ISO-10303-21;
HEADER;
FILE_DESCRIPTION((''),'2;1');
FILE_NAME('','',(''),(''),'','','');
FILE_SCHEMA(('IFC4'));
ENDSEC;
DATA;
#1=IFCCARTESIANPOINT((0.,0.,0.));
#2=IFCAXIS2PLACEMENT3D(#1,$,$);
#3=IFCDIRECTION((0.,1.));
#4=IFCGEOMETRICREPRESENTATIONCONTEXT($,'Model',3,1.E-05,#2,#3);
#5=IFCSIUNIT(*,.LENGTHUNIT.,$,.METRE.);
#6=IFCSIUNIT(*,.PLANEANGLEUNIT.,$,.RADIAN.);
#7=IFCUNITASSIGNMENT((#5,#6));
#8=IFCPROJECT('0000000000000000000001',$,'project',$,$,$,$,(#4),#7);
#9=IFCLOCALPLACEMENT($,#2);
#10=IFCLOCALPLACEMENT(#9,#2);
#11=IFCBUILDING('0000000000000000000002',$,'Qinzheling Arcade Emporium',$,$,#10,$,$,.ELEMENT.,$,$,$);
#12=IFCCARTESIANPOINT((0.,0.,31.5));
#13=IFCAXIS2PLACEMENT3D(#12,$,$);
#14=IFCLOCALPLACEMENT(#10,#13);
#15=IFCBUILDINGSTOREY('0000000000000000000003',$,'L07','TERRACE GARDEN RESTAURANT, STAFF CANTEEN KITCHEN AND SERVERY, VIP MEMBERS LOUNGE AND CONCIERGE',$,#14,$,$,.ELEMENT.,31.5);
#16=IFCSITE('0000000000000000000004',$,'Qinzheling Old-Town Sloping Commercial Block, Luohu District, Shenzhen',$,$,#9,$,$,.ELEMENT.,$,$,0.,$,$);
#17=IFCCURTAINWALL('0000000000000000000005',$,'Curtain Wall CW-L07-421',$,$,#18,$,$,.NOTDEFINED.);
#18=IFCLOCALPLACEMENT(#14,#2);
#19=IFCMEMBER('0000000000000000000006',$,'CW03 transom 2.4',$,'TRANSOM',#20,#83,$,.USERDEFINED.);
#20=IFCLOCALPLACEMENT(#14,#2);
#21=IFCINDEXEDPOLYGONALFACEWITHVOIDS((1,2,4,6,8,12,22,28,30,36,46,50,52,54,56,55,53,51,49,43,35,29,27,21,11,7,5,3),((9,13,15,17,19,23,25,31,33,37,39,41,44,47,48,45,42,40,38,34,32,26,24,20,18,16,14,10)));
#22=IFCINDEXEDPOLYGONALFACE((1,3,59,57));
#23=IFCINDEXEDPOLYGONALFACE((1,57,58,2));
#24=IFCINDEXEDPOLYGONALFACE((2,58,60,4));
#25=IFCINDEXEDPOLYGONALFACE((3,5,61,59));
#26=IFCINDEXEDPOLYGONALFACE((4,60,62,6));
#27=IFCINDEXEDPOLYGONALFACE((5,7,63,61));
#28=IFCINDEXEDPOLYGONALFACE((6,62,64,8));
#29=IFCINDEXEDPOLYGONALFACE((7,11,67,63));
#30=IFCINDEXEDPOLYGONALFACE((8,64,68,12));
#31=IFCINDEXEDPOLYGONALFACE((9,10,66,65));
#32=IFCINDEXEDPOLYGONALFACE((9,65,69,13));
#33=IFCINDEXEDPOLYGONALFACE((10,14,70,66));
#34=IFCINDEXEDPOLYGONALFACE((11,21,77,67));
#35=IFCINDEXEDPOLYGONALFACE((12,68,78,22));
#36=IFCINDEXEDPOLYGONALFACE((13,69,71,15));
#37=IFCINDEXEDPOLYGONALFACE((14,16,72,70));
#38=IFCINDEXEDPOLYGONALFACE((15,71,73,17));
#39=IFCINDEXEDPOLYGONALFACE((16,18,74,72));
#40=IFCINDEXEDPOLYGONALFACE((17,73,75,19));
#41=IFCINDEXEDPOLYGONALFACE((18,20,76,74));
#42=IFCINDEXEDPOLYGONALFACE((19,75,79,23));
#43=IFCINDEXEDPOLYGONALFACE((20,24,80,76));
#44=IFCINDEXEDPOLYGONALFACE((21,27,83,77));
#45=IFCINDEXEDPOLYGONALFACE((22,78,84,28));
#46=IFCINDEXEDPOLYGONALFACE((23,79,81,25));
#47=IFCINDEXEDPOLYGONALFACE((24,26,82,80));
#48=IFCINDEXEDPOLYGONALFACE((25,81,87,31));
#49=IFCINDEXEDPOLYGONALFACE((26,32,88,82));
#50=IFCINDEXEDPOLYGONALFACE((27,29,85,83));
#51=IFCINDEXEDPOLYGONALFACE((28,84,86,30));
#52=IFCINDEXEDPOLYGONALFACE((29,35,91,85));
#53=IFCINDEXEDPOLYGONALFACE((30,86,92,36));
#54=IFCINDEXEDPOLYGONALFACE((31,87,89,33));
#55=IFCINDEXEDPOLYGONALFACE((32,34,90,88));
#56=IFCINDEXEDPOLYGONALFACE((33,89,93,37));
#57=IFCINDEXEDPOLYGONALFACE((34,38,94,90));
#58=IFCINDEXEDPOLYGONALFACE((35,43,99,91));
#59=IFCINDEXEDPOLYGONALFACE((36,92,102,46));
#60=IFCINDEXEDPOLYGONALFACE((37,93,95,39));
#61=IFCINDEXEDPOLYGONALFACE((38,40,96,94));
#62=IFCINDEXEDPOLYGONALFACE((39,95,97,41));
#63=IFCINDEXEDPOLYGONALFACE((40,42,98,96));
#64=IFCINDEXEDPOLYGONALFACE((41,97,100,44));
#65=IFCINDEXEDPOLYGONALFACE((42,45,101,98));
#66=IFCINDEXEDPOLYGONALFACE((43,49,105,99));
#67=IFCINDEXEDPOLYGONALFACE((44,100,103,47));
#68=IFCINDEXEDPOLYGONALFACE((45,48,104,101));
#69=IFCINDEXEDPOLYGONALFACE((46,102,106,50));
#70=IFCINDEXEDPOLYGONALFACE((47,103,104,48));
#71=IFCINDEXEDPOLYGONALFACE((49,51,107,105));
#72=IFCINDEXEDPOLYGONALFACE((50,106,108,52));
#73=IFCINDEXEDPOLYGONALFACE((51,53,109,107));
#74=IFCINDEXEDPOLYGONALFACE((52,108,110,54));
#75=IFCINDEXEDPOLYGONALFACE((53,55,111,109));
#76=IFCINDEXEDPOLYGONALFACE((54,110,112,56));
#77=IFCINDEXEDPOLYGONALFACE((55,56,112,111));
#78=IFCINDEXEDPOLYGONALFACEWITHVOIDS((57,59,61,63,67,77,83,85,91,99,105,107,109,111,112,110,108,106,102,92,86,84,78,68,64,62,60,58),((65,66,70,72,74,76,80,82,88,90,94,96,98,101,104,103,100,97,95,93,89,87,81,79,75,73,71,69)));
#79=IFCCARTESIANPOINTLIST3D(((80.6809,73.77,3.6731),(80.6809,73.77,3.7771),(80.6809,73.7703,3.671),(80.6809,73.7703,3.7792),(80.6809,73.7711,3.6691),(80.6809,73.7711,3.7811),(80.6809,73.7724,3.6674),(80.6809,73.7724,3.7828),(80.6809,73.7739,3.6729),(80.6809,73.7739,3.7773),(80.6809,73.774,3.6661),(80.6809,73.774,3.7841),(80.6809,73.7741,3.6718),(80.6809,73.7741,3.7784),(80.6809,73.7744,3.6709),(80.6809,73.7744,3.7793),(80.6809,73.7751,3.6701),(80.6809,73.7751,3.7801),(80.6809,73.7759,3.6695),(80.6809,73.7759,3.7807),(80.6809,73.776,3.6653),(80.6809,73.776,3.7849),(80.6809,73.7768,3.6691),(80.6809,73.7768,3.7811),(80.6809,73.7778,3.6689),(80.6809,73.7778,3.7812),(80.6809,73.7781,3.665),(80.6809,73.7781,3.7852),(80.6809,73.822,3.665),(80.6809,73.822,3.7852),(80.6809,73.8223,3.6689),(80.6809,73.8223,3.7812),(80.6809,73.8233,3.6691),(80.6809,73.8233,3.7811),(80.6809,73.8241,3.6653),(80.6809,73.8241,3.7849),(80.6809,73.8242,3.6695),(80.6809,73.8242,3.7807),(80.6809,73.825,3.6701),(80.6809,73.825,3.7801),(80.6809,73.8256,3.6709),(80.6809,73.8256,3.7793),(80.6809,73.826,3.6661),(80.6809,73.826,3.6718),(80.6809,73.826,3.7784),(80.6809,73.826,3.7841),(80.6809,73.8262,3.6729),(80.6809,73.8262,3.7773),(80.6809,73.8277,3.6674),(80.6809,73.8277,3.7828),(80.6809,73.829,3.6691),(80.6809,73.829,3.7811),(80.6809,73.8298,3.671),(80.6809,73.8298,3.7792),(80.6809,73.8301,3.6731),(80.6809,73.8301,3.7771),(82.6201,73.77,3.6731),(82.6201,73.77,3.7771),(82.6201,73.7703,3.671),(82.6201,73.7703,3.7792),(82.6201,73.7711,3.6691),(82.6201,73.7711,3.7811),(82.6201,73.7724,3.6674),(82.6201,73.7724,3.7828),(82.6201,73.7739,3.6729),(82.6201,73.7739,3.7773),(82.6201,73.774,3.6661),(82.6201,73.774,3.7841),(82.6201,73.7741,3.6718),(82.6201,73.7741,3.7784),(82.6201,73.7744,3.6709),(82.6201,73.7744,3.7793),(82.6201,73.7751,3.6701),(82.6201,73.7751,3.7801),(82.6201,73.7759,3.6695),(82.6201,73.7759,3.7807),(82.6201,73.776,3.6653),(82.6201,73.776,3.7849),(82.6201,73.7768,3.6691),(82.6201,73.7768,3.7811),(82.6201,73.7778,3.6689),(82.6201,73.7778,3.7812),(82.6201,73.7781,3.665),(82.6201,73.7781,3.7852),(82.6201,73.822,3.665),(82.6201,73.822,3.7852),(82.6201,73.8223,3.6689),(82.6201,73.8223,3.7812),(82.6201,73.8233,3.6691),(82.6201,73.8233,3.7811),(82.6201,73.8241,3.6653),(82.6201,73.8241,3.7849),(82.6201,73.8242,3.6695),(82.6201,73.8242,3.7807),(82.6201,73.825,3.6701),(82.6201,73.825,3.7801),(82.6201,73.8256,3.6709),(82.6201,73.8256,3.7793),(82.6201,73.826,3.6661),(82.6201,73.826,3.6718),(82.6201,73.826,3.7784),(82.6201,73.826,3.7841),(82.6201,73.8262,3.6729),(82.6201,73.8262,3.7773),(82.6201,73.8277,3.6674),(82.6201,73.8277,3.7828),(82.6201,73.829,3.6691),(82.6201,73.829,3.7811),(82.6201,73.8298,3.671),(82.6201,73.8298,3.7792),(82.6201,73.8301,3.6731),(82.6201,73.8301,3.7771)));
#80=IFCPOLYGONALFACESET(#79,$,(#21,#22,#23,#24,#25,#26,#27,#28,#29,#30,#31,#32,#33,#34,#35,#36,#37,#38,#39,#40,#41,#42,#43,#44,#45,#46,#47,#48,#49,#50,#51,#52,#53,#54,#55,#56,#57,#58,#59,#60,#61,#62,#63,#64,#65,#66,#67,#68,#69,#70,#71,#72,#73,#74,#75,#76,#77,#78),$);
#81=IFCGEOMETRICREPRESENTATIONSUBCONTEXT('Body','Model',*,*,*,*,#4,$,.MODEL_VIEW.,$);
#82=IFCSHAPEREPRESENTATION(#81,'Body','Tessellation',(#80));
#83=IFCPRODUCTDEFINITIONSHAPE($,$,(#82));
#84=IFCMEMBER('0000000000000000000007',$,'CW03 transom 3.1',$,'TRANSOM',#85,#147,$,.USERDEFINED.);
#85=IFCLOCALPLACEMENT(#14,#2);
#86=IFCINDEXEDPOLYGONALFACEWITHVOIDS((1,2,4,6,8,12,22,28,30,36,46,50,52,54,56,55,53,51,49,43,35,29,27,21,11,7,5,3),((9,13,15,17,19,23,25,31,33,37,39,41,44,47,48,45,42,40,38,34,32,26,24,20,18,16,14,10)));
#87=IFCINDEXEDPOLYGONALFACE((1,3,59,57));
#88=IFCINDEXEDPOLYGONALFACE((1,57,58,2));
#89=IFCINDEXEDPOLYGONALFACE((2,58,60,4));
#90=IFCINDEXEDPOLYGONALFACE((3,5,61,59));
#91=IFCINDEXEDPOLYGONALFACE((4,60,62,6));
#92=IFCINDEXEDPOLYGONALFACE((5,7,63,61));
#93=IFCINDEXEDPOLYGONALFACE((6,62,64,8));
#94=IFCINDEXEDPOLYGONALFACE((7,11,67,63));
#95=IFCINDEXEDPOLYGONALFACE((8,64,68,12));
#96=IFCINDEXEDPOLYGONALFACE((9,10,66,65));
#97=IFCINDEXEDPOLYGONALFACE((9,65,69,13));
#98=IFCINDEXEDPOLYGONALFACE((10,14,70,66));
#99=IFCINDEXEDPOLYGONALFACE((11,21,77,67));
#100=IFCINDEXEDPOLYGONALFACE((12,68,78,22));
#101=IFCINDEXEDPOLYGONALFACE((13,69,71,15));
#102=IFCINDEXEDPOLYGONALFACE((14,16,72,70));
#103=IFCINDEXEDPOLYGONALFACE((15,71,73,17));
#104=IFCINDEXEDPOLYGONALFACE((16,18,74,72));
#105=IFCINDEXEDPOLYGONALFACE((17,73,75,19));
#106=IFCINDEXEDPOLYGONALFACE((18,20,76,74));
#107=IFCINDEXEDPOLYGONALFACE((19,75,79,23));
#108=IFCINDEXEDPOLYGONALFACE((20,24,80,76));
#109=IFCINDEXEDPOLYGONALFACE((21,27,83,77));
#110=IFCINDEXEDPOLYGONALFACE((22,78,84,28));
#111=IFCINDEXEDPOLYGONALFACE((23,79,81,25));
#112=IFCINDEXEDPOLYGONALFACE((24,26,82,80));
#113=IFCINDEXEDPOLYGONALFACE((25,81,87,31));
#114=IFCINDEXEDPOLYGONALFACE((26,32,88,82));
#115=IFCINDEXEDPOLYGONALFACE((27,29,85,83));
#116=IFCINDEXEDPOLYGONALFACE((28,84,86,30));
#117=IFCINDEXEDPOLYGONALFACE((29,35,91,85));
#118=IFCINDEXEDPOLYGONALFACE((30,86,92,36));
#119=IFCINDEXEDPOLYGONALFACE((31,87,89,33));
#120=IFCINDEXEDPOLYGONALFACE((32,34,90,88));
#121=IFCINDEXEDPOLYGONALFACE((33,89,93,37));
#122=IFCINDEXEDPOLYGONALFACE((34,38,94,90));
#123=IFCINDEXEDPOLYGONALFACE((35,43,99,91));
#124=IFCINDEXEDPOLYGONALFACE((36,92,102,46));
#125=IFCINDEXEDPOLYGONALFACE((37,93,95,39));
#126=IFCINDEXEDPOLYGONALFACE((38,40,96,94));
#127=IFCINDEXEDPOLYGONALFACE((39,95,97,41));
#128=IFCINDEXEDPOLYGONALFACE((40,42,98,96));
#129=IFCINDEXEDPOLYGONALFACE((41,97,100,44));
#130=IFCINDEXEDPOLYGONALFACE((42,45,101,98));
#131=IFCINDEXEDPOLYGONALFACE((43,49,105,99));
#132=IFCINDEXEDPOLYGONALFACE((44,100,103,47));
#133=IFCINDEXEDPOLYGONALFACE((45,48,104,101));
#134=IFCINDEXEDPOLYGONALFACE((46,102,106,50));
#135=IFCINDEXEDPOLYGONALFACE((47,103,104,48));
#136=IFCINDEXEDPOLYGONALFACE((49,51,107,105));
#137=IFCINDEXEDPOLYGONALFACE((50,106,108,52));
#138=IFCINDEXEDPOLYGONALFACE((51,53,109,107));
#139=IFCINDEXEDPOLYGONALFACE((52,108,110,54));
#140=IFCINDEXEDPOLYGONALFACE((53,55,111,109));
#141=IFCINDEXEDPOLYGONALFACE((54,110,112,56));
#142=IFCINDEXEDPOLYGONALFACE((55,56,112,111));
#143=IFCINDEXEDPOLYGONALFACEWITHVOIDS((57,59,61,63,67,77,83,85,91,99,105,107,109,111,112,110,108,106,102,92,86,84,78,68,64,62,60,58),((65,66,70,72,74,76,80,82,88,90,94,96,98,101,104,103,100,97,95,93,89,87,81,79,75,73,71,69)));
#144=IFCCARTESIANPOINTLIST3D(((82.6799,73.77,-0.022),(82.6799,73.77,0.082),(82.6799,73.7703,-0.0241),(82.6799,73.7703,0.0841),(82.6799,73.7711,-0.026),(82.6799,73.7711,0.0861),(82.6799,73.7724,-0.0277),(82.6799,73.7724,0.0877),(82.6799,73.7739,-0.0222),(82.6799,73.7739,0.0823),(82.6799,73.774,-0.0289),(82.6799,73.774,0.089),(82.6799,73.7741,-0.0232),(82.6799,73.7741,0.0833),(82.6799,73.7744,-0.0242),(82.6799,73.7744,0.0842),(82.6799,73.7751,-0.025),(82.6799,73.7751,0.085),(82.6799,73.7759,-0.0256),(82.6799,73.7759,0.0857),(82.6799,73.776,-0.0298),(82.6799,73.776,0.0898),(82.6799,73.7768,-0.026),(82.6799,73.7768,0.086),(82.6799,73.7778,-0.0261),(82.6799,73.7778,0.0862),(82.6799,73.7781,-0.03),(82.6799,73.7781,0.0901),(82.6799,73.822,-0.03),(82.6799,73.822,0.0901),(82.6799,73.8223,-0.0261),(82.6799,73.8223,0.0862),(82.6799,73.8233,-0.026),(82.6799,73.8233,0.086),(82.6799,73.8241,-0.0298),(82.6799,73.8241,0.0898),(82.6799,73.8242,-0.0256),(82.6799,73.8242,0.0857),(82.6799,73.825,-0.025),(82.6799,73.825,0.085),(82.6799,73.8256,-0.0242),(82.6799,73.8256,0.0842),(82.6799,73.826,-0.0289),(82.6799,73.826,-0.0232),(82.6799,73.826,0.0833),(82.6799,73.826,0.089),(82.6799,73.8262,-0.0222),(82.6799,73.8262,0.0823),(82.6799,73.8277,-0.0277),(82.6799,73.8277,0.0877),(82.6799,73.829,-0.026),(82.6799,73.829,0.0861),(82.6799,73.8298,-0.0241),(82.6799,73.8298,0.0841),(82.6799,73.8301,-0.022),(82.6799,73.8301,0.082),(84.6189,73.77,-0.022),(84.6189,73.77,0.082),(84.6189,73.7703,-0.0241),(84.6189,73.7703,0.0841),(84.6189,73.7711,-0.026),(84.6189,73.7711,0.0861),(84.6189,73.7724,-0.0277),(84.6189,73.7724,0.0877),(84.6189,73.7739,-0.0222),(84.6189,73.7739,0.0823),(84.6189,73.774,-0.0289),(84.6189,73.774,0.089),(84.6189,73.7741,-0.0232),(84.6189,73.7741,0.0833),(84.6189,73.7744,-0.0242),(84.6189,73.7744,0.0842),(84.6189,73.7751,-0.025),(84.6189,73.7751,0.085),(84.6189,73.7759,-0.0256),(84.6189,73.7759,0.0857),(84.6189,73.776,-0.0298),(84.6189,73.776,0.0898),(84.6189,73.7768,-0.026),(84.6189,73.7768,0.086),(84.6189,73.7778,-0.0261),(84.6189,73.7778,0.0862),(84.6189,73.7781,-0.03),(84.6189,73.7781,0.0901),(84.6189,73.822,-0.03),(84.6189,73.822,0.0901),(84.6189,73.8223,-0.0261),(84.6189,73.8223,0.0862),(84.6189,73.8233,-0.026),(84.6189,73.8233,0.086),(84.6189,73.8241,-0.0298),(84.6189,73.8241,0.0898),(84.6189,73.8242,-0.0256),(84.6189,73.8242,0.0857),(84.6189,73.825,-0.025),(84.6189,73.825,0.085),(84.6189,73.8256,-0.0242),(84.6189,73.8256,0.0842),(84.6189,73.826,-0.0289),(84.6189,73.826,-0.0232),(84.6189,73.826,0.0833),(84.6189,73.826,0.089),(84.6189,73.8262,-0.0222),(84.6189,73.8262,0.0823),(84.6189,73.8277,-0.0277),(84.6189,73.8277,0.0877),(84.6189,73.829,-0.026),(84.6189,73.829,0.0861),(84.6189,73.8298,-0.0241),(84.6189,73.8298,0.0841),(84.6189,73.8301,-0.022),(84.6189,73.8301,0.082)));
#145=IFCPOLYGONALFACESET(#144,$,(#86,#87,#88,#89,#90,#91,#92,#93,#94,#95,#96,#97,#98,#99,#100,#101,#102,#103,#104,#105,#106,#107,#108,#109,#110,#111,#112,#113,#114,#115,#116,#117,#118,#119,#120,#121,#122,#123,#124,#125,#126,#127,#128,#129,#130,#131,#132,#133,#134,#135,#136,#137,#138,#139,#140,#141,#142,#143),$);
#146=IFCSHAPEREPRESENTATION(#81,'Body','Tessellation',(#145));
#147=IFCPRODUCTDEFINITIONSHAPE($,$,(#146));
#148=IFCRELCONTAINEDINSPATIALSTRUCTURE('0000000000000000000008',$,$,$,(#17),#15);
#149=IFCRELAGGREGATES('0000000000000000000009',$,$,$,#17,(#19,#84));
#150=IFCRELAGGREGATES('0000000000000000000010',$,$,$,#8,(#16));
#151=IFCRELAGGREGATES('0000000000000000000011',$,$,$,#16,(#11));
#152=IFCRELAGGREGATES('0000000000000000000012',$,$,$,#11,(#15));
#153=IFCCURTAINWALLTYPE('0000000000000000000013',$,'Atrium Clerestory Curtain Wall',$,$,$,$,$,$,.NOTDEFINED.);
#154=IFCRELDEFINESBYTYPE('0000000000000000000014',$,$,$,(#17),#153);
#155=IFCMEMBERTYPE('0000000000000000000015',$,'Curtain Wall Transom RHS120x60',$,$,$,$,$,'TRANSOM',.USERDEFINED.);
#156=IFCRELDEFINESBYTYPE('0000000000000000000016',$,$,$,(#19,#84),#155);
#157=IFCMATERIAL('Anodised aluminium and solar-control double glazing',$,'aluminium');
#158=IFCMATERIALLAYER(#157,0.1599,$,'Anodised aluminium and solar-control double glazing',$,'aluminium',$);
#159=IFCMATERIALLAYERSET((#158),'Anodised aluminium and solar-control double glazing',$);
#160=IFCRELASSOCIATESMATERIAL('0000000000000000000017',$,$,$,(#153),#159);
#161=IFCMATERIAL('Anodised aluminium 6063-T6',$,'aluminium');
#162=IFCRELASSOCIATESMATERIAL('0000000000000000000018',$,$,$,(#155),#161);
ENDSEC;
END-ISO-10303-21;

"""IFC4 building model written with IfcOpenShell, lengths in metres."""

from ifc_helpers import new_model, si_unit, direction, frame, origin, origin_2d, place, context, subcontext, project, spatial, hollow_rectangle, extrude, material, layer, layer_set, material_profile, profile_set, type_object, element, aggregate, save


model = new_model("IFC4")

# Units and contexts
model_context = context("Model", 3, precision=1e-05, world=origin(), true_north=direction((0.0, 1.0)))
body_context = subcontext(model_context, "Body", "Model", "MODEL_VIEW")
ifc_project = project(units=[si_unit("LENGTHUNIT", "METRE"), si_unit("PLANEANGLEUNIT", "RADIAN")], contexts=[model_context])

# Site, building, storey
site_placement = place(None, origin())
site = spatial("IfcSite", under=ifc_project, at=site_placement, Name="Qinzheling Old-Town Sloping Commercial Block, Luohu District, Shenzhen", CompositionType="ELEMENT", RefElevation=0.0)
building_placement = place(site_placement, origin())
building = spatial("IfcBuilding", under=site, at=building_placement, Name="Qinzheling Arcade Emporium", CompositionType="ELEMENT")
storey_placement = place(building_placement, frame((0.0, 0.0, 31.5)))
storey = spatial("IfcBuildingStorey", under=building, at=storey_placement, Name="L07", Description="TERRACE GARDEN RESTAURANT, STAFF CANTEEN KITCHEN AND SERVERY, VIP MEMBERS LOUNGE AND CONCIERGE", CompositionType="ELEMENT", Elevation=31.5)

# Curtain wall, members
ifc_material_1 = material(Name="Anodised aluminium and solar-control double glazing", Category="aluminium")
ifc_layer_1 = layer(ifc_material_1, 0.1599, Name="Anodised aluminium and solar-control double glazing", Category="aluminium")
ifc_layer_set_1 = layer_set([ifc_layer_1], Name="Anodised aluminium and solar-control double glazing")
curtain_wall_type = type_object("IfcCurtainWallType", Name="Atrium Clerestory Curtain Wall", PredefinedType="NOTDEFINED", material=ifc_layer_set_1)
curtain_wall_placement = place(storey_placement, origin())
curtain_wall = element("IfcCurtainWall", 1, at=curtain_wall_placement, inside=storey, type_object=curtain_wall_type, Name="Curtain Wall CW-L07-421", PredefinedType="NOTDEFINED")
ifc_material_2 = material(Name="Anodised aluminium 6063-T6", Category="aluminium")
ifc_material_profile_1 = material_profile(ifc_material_2, hollow_rectangle(XDim=0.0601, YDim=0.1201, WallThickness=0.0039, InnerFilletRadius=0.0039, OuterFilletRadius=0.0081, at=origin_2d()), Name="RHS 120x60x4", Category="aluminium")
ifc_profile_set_1 = profile_set([ifc_material_profile_1], Name="Anodised aluminium 6063-T6")
member_type_1 = type_object("IfcMemberType", Name="Curtain Wall Transom RHS120x60", ElementType="TRANSOM", PredefinedType="USERDEFINED", material=ifc_profile_set_1)
member_1_placement = place(storey_placement, frame((80.6809, 73.8, 3.7251), z_axis=(1.0, 0.0, 0.0), x_axis=(0.0, 1.0, 0.0)))
member_1 = element("IfcMember", 2, at=member_1_placement, type_object=member_type_1, Name="CW03 transom 2.4", ObjectType="TRANSOM", PredefinedType="USERDEFINED", context=body_context, shape_type="SweptSolid", body=[
    extrude(hollow_rectangle(XDim=0.0601, YDim=0.1201, WallThickness=0.0039, InnerFilletRadius=0.0039, OuterFilletRadius=0.0081, at=origin_2d()), origin(), (0.0, 0.0, 1.0), 1.9392),
])
member_2_placement = place(storey_placement, frame((82.6799, 73.8, 0.03), z_axis=(1.0, 0.0, 0.0), x_axis=(0.0, 1.0, 0.0)))
member_2 = element("IfcMember", 3, at=member_2_placement, type_object=member_type_1, Name="CW03 transom 3.1", ObjectType="TRANSOM", PredefinedType="USERDEFINED", context=body_context, shape_type="SweptSolid", body=[
    extrude(hollow_rectangle(XDim=0.0601, YDim=0.1201, WallThickness=0.0039, InnerFilletRadius=0.0039, OuterFilletRadius=0.0081, at=origin_2d()), origin(), (0.0, 0.0, 1.0), 1.939),
])
aggregate(curtain_wall, [member_1, member_2])

save(model, "model.ifc")
